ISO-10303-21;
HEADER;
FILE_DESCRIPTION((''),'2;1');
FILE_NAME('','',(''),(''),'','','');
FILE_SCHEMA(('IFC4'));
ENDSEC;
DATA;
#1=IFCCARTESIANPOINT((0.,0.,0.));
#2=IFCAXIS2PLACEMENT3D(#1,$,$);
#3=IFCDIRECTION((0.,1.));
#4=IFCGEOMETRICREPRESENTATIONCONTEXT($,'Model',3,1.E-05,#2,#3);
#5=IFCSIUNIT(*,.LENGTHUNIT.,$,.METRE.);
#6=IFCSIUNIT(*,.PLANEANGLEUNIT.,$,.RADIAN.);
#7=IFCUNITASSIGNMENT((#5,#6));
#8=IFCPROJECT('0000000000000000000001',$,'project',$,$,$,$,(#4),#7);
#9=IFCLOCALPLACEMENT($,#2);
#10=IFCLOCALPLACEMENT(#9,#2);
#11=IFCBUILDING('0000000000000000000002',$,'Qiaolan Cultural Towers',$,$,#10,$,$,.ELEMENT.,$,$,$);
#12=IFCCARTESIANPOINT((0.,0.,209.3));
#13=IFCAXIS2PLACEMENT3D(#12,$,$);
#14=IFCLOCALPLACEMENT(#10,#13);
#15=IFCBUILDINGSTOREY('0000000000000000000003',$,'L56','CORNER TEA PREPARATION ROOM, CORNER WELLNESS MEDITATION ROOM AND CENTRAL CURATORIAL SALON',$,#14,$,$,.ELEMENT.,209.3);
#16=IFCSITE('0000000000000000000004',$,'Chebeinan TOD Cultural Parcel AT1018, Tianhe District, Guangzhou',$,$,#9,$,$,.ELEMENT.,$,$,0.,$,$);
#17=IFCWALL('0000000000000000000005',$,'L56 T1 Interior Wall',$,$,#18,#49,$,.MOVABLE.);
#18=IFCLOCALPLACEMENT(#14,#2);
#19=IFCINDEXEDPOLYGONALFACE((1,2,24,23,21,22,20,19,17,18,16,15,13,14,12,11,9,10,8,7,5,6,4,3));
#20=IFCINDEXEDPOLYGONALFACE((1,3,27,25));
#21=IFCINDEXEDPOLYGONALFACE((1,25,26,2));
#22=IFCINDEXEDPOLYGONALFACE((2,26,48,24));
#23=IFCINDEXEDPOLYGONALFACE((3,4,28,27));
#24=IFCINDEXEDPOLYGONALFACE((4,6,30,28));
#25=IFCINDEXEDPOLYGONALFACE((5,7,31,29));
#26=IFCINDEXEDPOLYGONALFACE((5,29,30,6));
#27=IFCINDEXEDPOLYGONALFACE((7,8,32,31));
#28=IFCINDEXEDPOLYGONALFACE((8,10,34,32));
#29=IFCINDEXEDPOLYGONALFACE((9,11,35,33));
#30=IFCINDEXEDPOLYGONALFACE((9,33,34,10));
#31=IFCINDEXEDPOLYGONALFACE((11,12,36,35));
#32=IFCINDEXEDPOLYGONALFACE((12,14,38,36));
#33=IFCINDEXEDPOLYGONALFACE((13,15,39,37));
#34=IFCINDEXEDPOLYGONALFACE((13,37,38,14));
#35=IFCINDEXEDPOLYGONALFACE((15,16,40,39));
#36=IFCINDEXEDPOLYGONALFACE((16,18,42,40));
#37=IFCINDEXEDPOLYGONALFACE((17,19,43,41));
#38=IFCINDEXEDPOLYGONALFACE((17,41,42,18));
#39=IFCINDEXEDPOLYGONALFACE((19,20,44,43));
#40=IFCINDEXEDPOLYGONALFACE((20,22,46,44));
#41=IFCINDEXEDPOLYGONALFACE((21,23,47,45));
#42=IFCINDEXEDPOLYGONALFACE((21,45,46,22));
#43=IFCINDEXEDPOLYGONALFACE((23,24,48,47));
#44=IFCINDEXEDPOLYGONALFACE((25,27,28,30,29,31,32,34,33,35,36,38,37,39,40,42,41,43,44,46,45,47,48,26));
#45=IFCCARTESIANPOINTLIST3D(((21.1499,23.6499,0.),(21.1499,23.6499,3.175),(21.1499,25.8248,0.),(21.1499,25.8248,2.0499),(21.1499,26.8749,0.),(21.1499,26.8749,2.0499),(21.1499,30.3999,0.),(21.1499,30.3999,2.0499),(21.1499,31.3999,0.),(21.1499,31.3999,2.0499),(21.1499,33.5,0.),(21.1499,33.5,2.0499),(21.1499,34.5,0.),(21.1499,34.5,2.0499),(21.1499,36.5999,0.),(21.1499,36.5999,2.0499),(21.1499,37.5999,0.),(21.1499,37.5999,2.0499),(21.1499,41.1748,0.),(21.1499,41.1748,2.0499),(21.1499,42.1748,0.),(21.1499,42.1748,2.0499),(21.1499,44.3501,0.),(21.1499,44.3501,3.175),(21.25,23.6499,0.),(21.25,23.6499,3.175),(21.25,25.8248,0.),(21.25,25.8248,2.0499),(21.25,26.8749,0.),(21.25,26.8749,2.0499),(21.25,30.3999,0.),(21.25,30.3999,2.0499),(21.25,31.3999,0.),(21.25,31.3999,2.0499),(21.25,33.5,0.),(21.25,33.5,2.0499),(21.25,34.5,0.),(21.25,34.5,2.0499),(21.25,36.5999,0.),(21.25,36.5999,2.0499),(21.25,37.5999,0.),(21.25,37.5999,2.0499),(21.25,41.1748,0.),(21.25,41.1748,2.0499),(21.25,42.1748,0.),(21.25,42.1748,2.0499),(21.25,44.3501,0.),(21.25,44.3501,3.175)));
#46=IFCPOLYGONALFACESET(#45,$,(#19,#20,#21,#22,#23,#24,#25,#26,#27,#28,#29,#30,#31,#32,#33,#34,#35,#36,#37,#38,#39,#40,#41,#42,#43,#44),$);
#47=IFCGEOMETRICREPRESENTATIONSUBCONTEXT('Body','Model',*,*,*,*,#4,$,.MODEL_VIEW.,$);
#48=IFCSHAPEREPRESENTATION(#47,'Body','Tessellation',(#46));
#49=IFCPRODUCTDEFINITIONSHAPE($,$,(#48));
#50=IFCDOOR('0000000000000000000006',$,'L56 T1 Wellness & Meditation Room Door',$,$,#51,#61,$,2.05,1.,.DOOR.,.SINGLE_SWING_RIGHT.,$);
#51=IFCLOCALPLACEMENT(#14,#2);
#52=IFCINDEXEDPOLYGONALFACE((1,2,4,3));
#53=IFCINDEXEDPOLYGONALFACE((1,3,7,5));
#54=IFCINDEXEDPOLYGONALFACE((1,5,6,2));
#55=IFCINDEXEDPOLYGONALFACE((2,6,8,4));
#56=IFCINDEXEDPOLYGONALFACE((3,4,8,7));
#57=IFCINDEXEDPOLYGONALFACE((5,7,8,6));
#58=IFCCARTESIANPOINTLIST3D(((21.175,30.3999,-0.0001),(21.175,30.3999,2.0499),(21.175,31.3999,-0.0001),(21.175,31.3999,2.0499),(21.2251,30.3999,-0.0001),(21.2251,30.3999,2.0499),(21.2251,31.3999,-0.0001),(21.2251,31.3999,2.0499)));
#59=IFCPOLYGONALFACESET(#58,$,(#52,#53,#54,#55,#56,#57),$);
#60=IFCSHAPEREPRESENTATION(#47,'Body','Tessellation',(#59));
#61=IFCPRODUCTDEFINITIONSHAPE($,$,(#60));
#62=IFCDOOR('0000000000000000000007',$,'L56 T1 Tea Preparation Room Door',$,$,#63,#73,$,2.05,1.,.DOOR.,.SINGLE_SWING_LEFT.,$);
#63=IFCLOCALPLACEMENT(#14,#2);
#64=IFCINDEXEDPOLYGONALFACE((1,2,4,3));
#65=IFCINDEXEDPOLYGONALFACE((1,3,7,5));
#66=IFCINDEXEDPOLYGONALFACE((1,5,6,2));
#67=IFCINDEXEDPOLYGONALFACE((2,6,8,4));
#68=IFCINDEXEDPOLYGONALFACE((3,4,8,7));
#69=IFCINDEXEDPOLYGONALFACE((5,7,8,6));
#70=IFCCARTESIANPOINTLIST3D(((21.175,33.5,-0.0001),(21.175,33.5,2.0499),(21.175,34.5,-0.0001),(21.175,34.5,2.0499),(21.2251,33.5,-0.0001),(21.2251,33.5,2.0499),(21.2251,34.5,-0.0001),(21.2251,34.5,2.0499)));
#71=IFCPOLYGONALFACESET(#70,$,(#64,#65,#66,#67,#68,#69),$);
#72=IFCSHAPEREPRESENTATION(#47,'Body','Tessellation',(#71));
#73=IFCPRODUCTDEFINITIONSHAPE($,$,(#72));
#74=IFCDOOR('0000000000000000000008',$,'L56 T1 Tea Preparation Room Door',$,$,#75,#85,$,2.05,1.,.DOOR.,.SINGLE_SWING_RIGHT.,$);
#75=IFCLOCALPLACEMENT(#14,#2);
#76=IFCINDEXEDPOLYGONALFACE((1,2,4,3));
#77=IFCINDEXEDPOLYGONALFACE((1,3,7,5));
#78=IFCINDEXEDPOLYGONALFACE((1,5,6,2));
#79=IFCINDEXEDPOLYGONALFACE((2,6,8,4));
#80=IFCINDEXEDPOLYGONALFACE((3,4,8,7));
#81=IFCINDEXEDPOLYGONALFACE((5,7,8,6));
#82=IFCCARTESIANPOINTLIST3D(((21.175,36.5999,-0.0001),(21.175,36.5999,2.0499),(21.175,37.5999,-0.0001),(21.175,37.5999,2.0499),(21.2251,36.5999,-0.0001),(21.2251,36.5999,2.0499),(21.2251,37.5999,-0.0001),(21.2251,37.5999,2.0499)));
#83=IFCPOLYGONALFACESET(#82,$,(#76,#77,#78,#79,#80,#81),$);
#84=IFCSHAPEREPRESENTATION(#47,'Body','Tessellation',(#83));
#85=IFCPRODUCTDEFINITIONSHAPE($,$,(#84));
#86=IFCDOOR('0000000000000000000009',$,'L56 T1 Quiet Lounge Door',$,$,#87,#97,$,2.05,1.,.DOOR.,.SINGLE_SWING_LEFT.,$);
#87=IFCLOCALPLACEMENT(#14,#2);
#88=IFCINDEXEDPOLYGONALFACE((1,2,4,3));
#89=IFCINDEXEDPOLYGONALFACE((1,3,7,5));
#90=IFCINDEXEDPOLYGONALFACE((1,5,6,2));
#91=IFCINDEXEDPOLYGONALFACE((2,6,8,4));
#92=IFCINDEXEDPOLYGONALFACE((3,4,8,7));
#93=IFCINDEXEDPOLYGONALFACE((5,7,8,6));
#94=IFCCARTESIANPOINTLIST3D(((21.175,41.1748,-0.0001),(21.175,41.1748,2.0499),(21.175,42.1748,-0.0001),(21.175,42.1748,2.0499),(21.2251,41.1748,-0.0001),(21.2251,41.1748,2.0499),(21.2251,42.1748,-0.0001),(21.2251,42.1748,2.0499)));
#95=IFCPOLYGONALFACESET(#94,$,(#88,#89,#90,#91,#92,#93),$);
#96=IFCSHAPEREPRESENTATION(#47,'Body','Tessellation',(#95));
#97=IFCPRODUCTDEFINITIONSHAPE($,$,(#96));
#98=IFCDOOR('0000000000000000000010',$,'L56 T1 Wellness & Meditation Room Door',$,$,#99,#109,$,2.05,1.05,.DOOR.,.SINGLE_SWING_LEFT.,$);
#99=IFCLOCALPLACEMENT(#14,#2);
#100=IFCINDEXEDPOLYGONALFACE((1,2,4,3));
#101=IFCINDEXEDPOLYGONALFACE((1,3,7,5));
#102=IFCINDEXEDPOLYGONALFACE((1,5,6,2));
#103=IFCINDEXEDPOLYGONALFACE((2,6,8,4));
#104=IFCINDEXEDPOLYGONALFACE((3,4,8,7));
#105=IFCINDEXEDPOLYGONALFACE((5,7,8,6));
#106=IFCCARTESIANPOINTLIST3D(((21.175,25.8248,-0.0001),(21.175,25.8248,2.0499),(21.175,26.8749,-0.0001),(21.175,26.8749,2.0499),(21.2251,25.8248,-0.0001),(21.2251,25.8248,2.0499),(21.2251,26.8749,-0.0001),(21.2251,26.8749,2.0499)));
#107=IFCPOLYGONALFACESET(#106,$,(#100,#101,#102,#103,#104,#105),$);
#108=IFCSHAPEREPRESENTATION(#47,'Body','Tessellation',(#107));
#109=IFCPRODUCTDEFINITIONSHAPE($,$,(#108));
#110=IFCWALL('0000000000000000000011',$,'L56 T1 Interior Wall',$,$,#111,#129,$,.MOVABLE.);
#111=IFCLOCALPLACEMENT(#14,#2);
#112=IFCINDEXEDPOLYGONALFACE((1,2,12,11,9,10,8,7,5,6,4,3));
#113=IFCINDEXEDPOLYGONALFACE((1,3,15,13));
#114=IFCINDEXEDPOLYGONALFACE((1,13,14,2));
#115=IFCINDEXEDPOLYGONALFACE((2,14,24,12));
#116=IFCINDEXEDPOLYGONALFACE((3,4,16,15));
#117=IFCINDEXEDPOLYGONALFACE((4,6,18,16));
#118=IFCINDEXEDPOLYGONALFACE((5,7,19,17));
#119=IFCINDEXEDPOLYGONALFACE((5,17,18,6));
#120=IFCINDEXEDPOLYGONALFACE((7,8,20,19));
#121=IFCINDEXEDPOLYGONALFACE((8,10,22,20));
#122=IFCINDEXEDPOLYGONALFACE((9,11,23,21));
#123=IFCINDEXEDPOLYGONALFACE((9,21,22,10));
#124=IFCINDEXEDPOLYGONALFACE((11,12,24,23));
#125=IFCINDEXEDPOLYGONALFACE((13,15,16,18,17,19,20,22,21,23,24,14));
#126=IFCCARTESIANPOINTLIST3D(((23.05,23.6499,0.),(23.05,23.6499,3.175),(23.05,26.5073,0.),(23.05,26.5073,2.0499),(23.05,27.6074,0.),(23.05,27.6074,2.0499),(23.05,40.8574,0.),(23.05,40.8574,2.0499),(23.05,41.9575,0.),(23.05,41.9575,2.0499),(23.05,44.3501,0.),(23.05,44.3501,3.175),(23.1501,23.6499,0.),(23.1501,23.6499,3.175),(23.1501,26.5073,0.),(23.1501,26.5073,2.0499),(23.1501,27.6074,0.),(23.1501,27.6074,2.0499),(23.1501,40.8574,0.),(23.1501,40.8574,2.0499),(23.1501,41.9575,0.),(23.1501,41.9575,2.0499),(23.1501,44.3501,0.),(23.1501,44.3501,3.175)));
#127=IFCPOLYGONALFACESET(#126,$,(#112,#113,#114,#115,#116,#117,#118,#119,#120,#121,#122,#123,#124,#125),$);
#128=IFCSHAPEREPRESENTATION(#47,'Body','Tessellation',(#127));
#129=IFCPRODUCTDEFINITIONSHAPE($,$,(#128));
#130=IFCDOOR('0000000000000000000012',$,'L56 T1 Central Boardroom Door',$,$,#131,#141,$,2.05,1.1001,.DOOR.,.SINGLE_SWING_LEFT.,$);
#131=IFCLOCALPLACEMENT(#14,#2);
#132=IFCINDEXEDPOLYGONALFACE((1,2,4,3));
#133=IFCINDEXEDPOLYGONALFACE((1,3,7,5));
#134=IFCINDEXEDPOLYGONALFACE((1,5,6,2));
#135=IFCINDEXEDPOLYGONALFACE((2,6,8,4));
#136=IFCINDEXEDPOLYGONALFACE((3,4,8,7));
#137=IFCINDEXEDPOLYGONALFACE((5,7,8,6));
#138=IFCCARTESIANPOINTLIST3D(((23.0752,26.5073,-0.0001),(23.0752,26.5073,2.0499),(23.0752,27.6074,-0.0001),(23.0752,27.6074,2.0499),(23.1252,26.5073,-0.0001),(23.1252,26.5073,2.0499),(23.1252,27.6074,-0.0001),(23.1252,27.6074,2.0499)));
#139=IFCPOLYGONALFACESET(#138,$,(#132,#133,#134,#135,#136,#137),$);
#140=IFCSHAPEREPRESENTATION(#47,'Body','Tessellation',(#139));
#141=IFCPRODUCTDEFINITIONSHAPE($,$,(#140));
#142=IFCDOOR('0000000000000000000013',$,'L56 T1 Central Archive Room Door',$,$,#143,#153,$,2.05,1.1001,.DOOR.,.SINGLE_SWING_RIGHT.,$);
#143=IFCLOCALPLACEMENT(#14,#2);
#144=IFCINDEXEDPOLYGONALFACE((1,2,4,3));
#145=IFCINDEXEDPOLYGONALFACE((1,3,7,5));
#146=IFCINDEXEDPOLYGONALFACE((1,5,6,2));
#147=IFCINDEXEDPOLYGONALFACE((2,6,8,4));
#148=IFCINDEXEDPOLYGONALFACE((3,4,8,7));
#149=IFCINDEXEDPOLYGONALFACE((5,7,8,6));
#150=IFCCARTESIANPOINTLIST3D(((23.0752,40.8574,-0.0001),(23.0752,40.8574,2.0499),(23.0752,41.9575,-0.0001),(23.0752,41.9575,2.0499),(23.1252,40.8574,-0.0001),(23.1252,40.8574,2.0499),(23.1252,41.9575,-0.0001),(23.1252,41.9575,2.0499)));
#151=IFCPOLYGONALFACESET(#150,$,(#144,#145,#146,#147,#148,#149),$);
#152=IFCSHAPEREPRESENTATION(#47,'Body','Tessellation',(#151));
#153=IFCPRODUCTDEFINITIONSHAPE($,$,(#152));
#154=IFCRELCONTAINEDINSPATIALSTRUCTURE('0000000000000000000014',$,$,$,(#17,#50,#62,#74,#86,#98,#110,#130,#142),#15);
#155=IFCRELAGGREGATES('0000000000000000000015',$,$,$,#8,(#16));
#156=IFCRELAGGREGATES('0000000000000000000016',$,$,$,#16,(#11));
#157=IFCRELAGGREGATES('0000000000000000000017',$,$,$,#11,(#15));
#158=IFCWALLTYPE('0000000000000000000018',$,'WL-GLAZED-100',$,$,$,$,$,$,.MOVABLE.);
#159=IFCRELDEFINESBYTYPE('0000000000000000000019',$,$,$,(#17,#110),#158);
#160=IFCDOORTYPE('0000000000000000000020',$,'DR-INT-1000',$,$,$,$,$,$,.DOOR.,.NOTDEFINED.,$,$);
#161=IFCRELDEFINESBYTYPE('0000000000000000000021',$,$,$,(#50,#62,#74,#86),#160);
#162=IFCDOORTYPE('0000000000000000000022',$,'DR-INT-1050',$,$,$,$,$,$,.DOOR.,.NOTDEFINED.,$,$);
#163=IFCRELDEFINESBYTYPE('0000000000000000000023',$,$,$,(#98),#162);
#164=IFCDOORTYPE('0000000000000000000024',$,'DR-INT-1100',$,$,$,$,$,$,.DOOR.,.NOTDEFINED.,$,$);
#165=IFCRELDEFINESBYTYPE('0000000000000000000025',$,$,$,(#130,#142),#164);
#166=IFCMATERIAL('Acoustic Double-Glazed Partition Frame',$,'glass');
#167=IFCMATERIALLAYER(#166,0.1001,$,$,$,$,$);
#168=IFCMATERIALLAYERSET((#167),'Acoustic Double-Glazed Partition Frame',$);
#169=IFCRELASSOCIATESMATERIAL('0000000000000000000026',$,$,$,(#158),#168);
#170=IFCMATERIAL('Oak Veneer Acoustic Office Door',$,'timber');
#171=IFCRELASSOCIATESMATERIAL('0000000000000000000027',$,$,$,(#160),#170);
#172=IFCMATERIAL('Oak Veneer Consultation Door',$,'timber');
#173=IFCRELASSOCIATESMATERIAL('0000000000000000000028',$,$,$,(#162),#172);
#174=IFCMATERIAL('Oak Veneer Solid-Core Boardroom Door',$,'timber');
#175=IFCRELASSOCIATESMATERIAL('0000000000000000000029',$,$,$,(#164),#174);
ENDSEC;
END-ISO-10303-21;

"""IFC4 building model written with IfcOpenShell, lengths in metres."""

from ifc_helpers import new_model, si_unit, direction, frame, frame_2d, origin, place, context, subcontext, project, spatial, rectangle, extrude, material, layer, layer_set, type_object, element, fill, save


model = new_model("IFC4")

# Units and contexts
model_context = context("Model", 3, precision=1e-05, world=origin(), true_north=direction((0.0, 1.0)))
body_context = subcontext(model_context, "Body", "Model", "MODEL_VIEW")
ifc_project = project(units=[si_unit("LENGTHUNIT", "METRE"), si_unit("PLANEANGLEUNIT", "RADIAN")], contexts=[model_context])

# Site, building, storey
site_placement = place(None, origin())
site = spatial("IfcSite", under=ifc_project, at=site_placement, Name="Chebeinan TOD Cultural Parcel AT1018, Tianhe District, Guangzhou", CompositionType="ELEMENT", RefElevation=0.0)
building_placement = place(site_placement, origin())
building = spatial("IfcBuilding", under=site, at=building_placement, Name="Qiaolan Cultural Towers", CompositionType="ELEMENT")
storey_placement = place(building_placement, frame((0.0, 0.0, 209.3)))
storey = spatial("IfcBuildingStorey", under=building, at=storey_placement, Name="L56", Description="CORNER TEA PREPARATION ROOM, CORNER WELLNESS MEDITATION ROOM AND CENTRAL CURATORIAL SALON", CompositionType="ELEMENT", Elevation=209.3)

# Shared definitions
ifc_material_1 = material(Name="Acoustic Double-Glazed Partition Frame", Category="glass")
ifc_layer_1 = layer(ifc_material_1, 0.1001)
ifc_layer_set_1 = layer_set([ifc_layer_1], Name="Acoustic Double-Glazed Partition Frame")
wall_type_1 = type_object("IfcWallType", Name="WL-GLAZED-100", PredefinedType="MOVABLE", material=ifc_layer_set_1)

# Walls, openings, doors
wall_1_placement = place(storey_placement, frame((21.2, 23.6499, 0.0), z_axis=(0.0, 0.0, 1.0), x_axis=(0.0, 1.0, 0.0)))
wall_1 = element("IfcWall", 1, at=wall_1_placement, inside=storey, type_object=wall_type_1, Name="L56 T1 Interior Wall", PredefinedType="MOVABLE", context=body_context, shape_type="SweptSolid", body=[
    extrude(rectangle(XDim=20.7002, YDim=0.1001, at=frame_2d((10.3501, 0.0))), origin(), (0.0, 0.0, 1.0), 3.175),
])
opening_1_placement = place(wall_1_placement, frame((2.175, 0.0, 0.0)))
opening_1 = element("IfcOpeningElement", 2, at=opening_1_placement, cuts=wall_1, PredefinedType="OPENING", context=body_context, shape_type="SweptSolid", body=[
    extrude(rectangle(XDim=1.05, YDim=2.05, at=frame_2d((0.5249, 1.0249))), frame((0.0, 0.0601, 0.0), z_axis=(0.0, -1.0, 0.0), x_axis=(1.0, 0.0, 0.0)), (0.0, 0.0, 1.0), 0.1201),
])
opening_2_placement = place(wall_1_placement, frame((6.75, 0.0, 0.0)))
opening_2 = element("IfcOpeningElement", 3, at=opening_2_placement, cuts=wall_1, PredefinedType="OPENING", context=body_context, shape_type="SweptSolid", body=[
    extrude(rectangle(XDim=1.0, YDim=2.05, at=frame_2d((0.5, 1.0249))), frame((0.0, 0.0601, 0.0), z_axis=(0.0, -1.0, 0.0), x_axis=(1.0, 0.0, 0.0)), (0.0, 0.0, 1.0), 0.1201),
])
opening_3_placement = place(wall_1_placement, frame((9.8501, 0.0, 0.0)))
opening_3 = element("IfcOpeningElement", 4, at=opening_3_placement, cuts=wall_1, PredefinedType="OPENING", context=body_context, shape_type="SweptSolid", body=[
    extrude(rectangle(XDim=1.0, YDim=2.05, at=frame_2d((0.5, 1.0249))), frame((0.0, 0.0601, 0.0), z_axis=(0.0, -1.0, 0.0), x_axis=(1.0, 0.0, 0.0)), (0.0, 0.0, 1.0), 0.1201),
])
opening_4_placement = place(wall_1_placement, frame((12.95, 0.0, 0.0)))
opening_4 = element("IfcOpeningElement", 5, at=opening_4_placement, cuts=wall_1, PredefinedType="OPENING", context=body_context, shape_type="SweptSolid", body=[
    extrude(rectangle(XDim=1.0, YDim=2.05, at=frame_2d((0.5, 1.0249))), frame((0.0, 0.0601, 0.0), z_axis=(0.0, -1.0, 0.0), x_axis=(1.0, 0.0, 0.0)), (0.0, 0.0, 1.0), 0.1201),
])
opening_5_placement = place(wall_1_placement, frame((17.5249, 0.0, 0.0)))
opening_5 = element("IfcOpeningElement", 6, at=opening_5_placement, cuts=wall_1, PredefinedType="OPENING", context=body_context, shape_type="SweptSolid", body=[
    extrude(rectangle(XDim=1.0, YDim=2.05, at=frame_2d((0.5, 1.0249))), frame((0.0, 0.0601, 0.0), z_axis=(0.0, -1.0, 0.0), x_axis=(1.0, 0.0, 0.0)), (0.0, 0.0, 1.0), 0.1201),
])
ifc_material_2 = material(Name="Oak Veneer Acoustic Office Door", Category="timber")
door_type_1 = type_object("IfcDoorType", Name="DR-INT-1000", OperationType="NOTDEFINED", PredefinedType="DOOR", material=ifc_material_2)
door_1_placement = place(opening_2_placement, origin())
door_1 = element("IfcDoor", 7, at=door_1_placement, inside=storey, type_object=door_type_1, Name="L56 T1 Wellness & Meditation Room Door", OperationType="SINGLE_SWING_RIGHT", OverallHeight=2.05, OverallWidth=1.0, PredefinedType="DOOR", context=body_context, shape_type="SweptSolid", body=[
    extrude(rectangle(XDim=1.0, YDim=2.05, at=frame_2d((0.5, 1.0249))), frame((0.0, 0.0249, 0.0), z_axis=(0.0, -1.0, 0.0), x_axis=(1.0, 0.0, 0.0)), (0.0, 0.0, 1.0), 0.05),
])
fill(opening_2, door_1)
door_2_placement = place(opening_3_placement, origin())
door_2 = element("IfcDoor", 8, at=door_2_placement, inside=storey, type_object=door_type_1, Name="L56 T1 Tea Preparation Room Door", OperationType="SINGLE_SWING_LEFT", OverallHeight=2.05, OverallWidth=1.0, PredefinedType="DOOR", context=body_context, shape_type="SweptSolid", body=[
    extrude(rectangle(XDim=1.0, YDim=2.05, at=frame_2d((0.5, 1.0249))), frame((0.0, 0.0249, 0.0), z_axis=(0.0, -1.0, 0.0), x_axis=(1.0, 0.0, 0.0)), (0.0, 0.0, 1.0), 0.05),
])
fill(opening_3, door_2)
door_3_placement = place(opening_4_placement, origin())
door_3 = element("IfcDoor", 9, at=door_3_placement, inside=storey, type_object=door_type_1, Name="L56 T1 Tea Preparation Room Door", OperationType="SINGLE_SWING_RIGHT", OverallHeight=2.05, OverallWidth=1.0, PredefinedType="DOOR", context=body_context, shape_type="SweptSolid", body=[
    extrude(rectangle(XDim=1.0, YDim=2.05, at=frame_2d((0.5, 1.0249))), frame((0.0, 0.0249, 0.0), z_axis=(0.0, -1.0, 0.0), x_axis=(1.0, 0.0, 0.0)), (0.0, 0.0, 1.0), 0.05),
])
fill(opening_4, door_3)
door_4_placement = place(opening_5_placement, origin())
door_4 = element("IfcDoor", 10, at=door_4_placement, inside=storey, type_object=door_type_1, Name="L56 T1 Quiet Lounge Door", OperationType="SINGLE_SWING_LEFT", OverallHeight=2.05, OverallWidth=1.0, PredefinedType="DOOR", context=body_context, shape_type="SweptSolid", body=[
    extrude(rectangle(XDim=1.0, YDim=2.05, at=frame_2d((0.5, 1.0249))), frame((0.0, 0.0249, 0.0), z_axis=(0.0, -1.0, 0.0), x_axis=(1.0, 0.0, 0.0)), (0.0, 0.0, 1.0), 0.05),
])
fill(opening_5, door_4)
ifc_material_3 = material(Name="Oak Veneer Consultation Door", Category="timber")
door_type_2 = type_object("IfcDoorType", Name="DR-INT-1050", OperationType="NOTDEFINED", PredefinedType="DOOR", material=ifc_material_3)
door_5_placement = place(opening_1_placement, origin())
door_5 = element("IfcDoor", 11, at=door_5_placement, inside=storey, type_object=door_type_2, Name="L56 T1 Wellness & Meditation Room Door", OperationType="SINGLE_SWING_LEFT", OverallHeight=2.05, OverallWidth=1.05, PredefinedType="DOOR", context=body_context, shape_type="SweptSolid", body=[
    extrude(rectangle(XDim=1.05, YDim=2.05, at=frame_2d((0.5249, 1.0249))), frame((0.0, 0.0249, 0.0), z_axis=(0.0, -1.0, 0.0), x_axis=(1.0, 0.0, 0.0)), (0.0, 0.0, 1.0), 0.05),
])
fill(opening_1, door_5)
wall_2_placement = place(storey_placement, frame((23.1001, 23.6499, 0.0), z_axis=(0.0, 0.0, 1.0), x_axis=(0.0, 1.0, 0.0)))
wall_2 = element("IfcWall", 12, at=wall_2_placement, inside=storey, type_object=wall_type_1, Name="L56 T1 Interior Wall", PredefinedType="MOVABLE", context=body_context, shape_type="SweptSolid", body=[
    extrude(rectangle(XDim=20.7002, YDim=0.1001, at=frame_2d((10.3501, 0.0))), origin(), (0.0, 0.0, 1.0), 3.175),
])
opening_6_placement = place(wall_2_placement, frame((2.8574, 0.0, 0.0)))
opening_6 = element("IfcOpeningElement", 13, at=opening_6_placement, cuts=wall_2, PredefinedType="OPENING", context=body_context, shape_type="SweptSolid", body=[
    extrude(rectangle(XDim=1.1001, YDim=2.05, at=frame_2d((0.55, 1.0249))), frame((0.0, 0.0601, 0.0), z_axis=(0.0, -1.0, 0.0), x_axis=(1.0, 0.0, 0.0)), (0.0, 0.0, 1.0), 0.1201),
])
opening_7_placement = place(wall_2_placement, frame((17.2075, 0.0, 0.0)))
opening_7 = element("IfcOpeningElement", 14, at=opening_7_placement, cuts=wall_2, PredefinedType="OPENING", context=body_context, shape_type="SweptSolid", body=[
    extrude(rectangle(XDim=1.1001, YDim=2.05, at=frame_2d((0.55, 1.0249))), frame((0.0, 0.0601, 0.0), z_axis=(0.0, -1.0, 0.0), x_axis=(1.0, 0.0, 0.0)), (0.0, 0.0, 1.0), 0.1201),
])
ifc_material_4 = material(Name="Oak Veneer Solid-Core Boardroom Door", Category="timber")
door_type_3 = type_object("IfcDoorType", Name="DR-INT-1100", OperationType="NOTDEFINED", PredefinedType="DOOR", material=ifc_material_4)
door_6_placement = place(opening_6_placement, origin())
door_6 = element("IfcDoor", 15, at=door_6_placement, inside=storey, type_object=door_type_3, Name="L56 T1 Central Boardroom Door", OperationType="SINGLE_SWING_LEFT", OverallHeight=2.05, OverallWidth=1.1001, PredefinedType="DOOR", context=body_context, shape_type="SweptSolid", body=[
    extrude(rectangle(XDim=1.1001, YDim=2.05, at=frame_2d((0.55, 1.0249))), frame((0.0, 0.0249, 0.0), z_axis=(0.0, -1.0, 0.0), x_axis=(1.0, 0.0, 0.0)), (0.0, 0.0, 1.0), 0.05),
])
fill(opening_6, door_6)
door_7_placement = place(opening_7_placement, origin())
door_7 = element("IfcDoor", 16, at=door_7_placement, inside=storey, type_object=door_type_3, Name="L56 T1 Central Archive Room Door", OperationType="SINGLE_SWING_RIGHT", OverallHeight=2.05, OverallWidth=1.1001, PredefinedType="DOOR", context=body_context, shape_type="SweptSolid", body=[
    extrude(rectangle(XDim=1.1001, YDim=2.05, at=frame_2d((0.55, 1.0249))), frame((0.0, 0.0249, 0.0), z_axis=(0.0, -1.0, 0.0), x_axis=(1.0, 0.0, 0.0)), (0.0, 0.0, 1.0), 0.05),
])
fill(opening_7, door_7)

save(model, "model.ifc")
